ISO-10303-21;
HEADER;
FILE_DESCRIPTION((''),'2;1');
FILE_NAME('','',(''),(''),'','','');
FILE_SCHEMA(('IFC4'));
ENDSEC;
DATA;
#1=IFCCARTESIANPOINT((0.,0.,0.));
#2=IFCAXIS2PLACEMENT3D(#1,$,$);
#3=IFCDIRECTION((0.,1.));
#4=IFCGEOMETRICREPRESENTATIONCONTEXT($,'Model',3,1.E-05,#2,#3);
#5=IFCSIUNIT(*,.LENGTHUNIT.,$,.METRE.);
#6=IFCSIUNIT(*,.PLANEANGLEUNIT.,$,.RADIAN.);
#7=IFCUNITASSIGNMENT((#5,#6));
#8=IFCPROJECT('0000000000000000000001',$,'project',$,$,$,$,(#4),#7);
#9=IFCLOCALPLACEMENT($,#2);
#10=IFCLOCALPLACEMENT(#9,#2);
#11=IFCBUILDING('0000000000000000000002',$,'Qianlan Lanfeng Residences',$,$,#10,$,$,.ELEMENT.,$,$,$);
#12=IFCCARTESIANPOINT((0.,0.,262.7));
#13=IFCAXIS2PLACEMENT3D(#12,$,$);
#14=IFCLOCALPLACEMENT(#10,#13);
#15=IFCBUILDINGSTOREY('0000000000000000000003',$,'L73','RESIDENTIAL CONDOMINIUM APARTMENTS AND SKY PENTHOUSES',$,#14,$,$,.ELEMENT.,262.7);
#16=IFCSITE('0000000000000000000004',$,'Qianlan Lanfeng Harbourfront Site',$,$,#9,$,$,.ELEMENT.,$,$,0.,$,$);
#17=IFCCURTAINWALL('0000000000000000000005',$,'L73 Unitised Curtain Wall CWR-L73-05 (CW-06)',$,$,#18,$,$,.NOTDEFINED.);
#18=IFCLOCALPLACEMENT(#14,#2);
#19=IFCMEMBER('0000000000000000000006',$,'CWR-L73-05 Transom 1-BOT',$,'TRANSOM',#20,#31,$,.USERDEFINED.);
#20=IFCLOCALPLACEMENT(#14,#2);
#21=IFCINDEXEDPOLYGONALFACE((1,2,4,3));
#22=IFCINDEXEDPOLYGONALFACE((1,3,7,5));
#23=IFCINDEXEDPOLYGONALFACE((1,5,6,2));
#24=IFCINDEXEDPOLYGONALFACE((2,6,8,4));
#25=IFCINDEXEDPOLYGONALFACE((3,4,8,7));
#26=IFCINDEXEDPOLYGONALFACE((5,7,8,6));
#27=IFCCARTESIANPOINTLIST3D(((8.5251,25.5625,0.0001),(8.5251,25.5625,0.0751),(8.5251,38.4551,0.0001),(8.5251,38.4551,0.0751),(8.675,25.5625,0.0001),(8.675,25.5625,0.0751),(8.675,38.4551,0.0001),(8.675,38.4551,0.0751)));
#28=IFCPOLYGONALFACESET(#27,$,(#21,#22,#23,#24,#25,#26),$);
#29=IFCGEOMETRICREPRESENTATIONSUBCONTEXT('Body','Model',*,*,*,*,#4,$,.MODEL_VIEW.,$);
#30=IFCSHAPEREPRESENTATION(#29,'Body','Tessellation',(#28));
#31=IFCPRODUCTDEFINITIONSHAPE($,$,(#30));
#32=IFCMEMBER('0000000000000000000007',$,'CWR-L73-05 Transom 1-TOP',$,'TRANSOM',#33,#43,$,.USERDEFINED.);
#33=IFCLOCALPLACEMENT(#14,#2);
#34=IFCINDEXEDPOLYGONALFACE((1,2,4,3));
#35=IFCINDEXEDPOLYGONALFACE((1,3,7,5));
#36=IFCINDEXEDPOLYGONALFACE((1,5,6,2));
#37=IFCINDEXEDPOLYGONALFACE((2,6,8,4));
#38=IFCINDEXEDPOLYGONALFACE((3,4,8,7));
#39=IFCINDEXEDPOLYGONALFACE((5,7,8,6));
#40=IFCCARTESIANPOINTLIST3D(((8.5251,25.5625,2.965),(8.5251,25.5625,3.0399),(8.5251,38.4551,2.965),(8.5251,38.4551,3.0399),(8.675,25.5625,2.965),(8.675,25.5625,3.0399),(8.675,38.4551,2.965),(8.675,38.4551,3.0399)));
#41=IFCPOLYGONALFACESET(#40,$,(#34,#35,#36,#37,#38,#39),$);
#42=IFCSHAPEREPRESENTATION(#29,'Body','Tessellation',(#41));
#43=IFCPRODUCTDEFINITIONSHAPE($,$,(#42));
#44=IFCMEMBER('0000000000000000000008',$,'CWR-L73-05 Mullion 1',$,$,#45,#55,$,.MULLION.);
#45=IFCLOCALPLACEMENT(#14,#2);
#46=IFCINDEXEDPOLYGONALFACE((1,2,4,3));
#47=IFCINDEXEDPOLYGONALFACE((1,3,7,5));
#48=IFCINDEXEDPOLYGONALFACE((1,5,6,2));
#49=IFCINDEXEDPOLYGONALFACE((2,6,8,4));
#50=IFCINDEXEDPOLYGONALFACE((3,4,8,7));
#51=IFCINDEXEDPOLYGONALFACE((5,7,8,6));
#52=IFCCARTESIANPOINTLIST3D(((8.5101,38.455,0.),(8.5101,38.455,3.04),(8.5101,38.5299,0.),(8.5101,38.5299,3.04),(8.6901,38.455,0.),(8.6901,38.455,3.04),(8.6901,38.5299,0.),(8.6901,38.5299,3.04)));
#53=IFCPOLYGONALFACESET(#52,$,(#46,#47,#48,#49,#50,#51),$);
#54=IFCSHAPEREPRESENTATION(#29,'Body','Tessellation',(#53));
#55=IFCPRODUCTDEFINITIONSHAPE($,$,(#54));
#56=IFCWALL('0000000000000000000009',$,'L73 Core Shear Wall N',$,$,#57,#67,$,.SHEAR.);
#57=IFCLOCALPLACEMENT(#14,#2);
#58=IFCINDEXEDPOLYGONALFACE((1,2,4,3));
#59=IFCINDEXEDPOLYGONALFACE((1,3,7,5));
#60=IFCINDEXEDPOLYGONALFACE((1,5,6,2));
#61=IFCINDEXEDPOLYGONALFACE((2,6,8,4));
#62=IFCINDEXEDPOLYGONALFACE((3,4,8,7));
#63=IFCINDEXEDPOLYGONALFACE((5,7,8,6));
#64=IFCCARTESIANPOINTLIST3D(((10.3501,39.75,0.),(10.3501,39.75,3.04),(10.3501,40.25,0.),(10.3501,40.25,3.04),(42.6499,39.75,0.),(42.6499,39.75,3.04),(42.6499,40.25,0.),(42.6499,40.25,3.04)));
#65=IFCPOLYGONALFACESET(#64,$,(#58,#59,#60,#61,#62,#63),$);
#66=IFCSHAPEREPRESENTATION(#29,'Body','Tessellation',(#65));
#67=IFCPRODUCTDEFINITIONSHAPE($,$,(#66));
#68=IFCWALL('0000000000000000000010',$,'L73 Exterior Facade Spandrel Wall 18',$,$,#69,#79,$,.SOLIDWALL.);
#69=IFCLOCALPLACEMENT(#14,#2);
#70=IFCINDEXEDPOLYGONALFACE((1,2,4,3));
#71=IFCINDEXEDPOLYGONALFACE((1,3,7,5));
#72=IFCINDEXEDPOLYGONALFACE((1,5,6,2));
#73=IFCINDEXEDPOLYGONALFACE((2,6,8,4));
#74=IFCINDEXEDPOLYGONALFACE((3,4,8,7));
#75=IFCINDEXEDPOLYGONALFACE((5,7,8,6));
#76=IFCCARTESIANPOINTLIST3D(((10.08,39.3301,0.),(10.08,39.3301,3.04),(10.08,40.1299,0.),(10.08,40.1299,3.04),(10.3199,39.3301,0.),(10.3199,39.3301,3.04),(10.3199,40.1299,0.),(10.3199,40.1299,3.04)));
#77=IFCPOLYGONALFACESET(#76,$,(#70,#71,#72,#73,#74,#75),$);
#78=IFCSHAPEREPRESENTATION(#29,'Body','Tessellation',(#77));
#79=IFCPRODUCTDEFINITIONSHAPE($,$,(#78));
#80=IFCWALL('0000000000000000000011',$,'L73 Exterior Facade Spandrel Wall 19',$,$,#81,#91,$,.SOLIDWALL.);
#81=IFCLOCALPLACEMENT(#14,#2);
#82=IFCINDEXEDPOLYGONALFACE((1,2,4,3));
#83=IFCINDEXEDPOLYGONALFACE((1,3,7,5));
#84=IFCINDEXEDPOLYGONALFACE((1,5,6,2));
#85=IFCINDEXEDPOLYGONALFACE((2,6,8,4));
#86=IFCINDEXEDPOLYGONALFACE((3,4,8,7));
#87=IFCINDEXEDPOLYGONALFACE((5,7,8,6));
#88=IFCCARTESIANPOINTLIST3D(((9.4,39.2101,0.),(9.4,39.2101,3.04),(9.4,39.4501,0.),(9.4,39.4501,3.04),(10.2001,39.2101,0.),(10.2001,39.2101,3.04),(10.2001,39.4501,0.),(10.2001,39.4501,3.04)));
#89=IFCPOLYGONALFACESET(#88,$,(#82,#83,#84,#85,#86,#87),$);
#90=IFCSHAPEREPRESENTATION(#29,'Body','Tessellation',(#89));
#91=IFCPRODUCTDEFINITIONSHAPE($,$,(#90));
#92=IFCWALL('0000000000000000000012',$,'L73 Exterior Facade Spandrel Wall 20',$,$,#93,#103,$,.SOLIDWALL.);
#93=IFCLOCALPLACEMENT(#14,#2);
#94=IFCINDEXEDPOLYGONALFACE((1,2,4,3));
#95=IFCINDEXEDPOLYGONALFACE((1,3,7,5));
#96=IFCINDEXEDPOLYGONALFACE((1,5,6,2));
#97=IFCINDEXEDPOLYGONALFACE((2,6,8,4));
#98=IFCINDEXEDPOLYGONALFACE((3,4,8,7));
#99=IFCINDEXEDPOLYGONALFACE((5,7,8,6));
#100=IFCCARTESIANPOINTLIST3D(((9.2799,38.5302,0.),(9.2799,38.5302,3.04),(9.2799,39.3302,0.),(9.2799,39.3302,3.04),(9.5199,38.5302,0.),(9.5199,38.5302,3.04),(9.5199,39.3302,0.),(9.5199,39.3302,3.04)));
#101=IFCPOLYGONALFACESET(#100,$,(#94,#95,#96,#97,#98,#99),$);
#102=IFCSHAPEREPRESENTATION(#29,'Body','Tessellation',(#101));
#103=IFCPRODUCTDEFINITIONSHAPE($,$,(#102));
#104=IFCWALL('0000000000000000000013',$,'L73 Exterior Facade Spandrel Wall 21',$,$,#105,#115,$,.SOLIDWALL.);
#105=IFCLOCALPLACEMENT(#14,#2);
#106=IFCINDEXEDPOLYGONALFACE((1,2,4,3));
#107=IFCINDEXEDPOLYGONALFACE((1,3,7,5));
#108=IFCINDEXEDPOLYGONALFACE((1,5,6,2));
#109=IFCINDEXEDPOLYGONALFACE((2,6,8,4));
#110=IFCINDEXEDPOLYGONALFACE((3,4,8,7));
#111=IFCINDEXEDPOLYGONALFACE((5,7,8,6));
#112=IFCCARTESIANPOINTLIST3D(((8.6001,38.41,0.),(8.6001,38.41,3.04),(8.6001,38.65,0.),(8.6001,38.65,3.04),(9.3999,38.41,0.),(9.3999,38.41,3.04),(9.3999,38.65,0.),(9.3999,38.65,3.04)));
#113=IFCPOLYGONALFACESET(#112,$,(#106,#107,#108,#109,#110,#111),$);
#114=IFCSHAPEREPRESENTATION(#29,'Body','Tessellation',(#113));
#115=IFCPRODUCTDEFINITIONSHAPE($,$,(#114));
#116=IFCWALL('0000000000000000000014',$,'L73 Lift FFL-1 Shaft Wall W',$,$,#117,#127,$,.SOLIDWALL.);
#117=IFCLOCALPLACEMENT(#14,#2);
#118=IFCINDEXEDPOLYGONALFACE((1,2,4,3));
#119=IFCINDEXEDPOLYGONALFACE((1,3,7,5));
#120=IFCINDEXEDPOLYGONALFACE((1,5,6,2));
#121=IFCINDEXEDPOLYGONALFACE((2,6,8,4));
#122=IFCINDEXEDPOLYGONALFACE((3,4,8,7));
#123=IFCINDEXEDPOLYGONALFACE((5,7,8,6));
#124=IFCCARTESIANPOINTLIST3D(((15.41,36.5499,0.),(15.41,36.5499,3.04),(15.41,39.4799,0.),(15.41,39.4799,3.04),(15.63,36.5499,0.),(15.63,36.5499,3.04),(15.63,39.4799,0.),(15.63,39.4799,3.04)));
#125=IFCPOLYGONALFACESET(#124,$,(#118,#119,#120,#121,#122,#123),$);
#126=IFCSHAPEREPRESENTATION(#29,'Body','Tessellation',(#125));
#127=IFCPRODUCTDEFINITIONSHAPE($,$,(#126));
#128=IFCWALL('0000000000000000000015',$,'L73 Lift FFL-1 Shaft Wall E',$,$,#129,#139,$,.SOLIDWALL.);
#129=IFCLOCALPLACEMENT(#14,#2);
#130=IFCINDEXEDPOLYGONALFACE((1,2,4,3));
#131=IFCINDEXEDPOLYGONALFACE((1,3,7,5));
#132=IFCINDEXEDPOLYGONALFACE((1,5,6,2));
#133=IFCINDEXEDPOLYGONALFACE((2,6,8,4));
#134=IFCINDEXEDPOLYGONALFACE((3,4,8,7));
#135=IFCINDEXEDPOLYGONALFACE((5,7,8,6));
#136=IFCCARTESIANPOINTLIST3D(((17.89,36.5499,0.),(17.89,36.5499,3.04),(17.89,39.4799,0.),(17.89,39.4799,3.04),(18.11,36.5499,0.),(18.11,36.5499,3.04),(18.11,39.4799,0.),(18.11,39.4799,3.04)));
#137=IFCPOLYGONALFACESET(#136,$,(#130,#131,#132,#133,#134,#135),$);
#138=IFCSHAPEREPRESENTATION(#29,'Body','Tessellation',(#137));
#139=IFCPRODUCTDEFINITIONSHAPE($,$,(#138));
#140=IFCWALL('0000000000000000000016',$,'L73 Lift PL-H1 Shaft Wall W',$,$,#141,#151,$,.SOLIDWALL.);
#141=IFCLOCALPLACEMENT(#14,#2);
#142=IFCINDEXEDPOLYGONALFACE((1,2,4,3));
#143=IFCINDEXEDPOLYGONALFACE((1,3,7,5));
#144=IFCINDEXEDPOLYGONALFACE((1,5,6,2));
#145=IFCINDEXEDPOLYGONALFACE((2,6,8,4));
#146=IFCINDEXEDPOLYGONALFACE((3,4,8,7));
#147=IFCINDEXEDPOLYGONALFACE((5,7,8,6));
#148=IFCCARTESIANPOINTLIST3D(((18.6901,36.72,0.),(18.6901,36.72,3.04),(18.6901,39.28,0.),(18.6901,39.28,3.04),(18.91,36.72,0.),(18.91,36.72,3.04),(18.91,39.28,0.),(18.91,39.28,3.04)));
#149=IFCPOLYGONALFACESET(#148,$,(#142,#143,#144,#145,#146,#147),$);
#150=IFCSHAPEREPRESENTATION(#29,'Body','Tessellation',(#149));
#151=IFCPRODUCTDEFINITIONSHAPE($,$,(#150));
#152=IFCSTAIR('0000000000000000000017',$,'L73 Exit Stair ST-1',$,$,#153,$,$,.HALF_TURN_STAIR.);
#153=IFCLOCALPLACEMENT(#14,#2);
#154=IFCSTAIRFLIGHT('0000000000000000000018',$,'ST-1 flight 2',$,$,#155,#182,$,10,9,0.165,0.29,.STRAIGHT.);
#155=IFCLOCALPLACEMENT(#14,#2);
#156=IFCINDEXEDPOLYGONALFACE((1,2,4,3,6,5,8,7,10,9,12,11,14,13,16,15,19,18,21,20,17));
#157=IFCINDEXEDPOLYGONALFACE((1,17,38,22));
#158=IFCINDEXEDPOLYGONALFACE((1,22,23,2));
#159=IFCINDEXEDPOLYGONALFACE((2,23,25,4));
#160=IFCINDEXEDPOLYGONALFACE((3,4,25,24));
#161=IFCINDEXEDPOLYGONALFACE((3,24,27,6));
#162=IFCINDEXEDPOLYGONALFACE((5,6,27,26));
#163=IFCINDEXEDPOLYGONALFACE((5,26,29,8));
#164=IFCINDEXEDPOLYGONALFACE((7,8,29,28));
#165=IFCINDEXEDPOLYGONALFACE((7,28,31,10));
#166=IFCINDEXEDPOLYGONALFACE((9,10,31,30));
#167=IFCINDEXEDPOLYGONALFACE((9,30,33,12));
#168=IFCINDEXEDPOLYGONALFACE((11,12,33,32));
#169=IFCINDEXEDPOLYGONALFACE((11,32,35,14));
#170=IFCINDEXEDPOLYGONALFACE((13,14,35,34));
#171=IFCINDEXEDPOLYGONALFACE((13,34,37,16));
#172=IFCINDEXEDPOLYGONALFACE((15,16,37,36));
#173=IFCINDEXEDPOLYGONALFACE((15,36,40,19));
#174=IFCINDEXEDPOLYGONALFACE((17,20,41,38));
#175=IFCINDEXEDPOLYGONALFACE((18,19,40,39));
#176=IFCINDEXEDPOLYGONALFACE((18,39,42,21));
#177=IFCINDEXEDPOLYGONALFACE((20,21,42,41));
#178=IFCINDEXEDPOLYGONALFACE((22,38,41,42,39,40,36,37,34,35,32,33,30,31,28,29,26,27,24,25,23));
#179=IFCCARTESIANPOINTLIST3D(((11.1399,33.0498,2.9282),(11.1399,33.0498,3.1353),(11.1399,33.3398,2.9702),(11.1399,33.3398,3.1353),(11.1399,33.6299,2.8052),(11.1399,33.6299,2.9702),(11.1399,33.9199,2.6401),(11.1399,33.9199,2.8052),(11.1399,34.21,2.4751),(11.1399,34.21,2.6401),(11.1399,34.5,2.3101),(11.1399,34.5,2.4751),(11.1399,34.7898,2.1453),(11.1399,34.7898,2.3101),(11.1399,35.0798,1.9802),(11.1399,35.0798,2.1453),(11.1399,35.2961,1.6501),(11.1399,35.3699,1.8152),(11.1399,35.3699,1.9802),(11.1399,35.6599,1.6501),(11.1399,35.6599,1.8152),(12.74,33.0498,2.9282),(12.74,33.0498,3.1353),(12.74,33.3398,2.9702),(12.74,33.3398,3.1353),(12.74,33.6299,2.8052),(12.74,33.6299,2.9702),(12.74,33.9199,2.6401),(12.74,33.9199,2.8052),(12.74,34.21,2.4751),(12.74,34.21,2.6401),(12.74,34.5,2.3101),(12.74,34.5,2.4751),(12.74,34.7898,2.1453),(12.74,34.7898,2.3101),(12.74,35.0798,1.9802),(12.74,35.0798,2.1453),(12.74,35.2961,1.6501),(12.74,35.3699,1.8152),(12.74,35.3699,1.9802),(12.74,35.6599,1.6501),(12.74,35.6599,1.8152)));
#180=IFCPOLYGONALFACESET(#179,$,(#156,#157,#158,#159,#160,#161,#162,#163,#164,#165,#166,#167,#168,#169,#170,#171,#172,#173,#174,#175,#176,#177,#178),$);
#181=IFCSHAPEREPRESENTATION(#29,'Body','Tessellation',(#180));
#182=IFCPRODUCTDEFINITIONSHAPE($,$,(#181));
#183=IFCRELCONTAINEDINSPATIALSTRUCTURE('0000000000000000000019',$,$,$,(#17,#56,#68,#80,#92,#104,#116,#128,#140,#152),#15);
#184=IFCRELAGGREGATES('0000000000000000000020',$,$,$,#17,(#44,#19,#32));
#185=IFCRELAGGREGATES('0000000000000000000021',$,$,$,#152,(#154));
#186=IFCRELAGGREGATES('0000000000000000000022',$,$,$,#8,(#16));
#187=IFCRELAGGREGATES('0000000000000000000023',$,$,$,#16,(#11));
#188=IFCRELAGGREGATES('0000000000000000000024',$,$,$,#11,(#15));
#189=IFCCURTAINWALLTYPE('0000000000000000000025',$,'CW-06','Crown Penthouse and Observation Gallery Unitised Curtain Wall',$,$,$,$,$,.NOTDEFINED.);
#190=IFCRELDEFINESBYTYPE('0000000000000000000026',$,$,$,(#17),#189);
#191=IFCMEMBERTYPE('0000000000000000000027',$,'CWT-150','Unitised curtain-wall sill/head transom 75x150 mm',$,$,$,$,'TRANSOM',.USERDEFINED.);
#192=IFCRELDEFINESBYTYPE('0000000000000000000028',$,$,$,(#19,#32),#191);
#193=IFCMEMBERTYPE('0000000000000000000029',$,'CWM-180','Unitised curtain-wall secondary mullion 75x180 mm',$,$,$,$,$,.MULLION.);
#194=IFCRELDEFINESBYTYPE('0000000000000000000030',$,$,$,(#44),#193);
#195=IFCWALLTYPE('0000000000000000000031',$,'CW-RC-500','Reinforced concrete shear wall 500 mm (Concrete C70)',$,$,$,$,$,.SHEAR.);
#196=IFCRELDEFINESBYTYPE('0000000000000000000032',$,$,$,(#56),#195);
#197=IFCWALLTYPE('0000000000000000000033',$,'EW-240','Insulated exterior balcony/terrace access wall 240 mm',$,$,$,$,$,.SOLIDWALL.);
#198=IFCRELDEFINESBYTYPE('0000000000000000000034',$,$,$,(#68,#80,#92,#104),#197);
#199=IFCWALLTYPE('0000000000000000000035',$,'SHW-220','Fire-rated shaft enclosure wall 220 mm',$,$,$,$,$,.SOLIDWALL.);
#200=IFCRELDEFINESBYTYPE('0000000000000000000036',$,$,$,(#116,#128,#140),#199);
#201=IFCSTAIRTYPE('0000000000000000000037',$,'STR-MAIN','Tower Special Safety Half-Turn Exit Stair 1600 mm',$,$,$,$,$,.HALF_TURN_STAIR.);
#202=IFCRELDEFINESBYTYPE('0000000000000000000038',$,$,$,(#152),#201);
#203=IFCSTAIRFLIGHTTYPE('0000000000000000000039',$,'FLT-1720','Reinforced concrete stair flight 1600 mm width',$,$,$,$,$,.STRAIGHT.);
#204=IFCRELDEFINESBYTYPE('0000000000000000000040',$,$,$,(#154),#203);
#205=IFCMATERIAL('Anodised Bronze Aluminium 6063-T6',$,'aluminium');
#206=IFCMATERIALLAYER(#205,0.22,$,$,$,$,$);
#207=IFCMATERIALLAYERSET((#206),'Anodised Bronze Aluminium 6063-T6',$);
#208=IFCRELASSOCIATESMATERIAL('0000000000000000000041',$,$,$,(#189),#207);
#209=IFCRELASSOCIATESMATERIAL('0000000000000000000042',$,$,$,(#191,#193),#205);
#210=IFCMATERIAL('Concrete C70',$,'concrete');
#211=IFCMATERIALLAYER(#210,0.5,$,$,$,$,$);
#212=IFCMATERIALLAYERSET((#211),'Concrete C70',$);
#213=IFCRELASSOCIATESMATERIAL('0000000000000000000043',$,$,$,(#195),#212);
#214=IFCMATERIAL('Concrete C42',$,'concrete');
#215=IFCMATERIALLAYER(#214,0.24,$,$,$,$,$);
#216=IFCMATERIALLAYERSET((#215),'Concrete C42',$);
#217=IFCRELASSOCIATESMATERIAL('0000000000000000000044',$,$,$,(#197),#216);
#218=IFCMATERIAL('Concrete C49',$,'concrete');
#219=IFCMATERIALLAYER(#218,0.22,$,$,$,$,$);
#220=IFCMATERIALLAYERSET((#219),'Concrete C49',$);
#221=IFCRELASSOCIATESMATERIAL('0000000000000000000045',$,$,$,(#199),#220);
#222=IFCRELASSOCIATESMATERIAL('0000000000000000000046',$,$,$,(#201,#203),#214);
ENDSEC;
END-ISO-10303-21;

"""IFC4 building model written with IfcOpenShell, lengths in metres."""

from ifc_helpers import new_model, si_unit, direction, frame, frame_2d, origin, origin_2d, place, context, subcontext, project, spatial, polyline, rectangle, outline, extrude, source, transform, mapped, material, layer, layer_set, material_profile, profile_set, type_object, element, aggregate, save


model = new_model("IFC4")

# Units and contexts
model_context = context("Model", 3, precision=1e-05, world=origin(), true_north=direction((0.0, 1.0)))
body_context = subcontext(model_context, "Body", "Model", "MODEL_VIEW")
ifc_project = project(units=[si_unit("LENGTHUNIT", "METRE"), si_unit("PLANEANGLEUNIT", "RADIAN")], contexts=[model_context])

# Site, building, storey
site_placement = place(None, origin())
site = spatial("IfcSite", under=ifc_project, at=site_placement, Name="Qianlan Lanfeng Harbourfront Site", CompositionType="ELEMENT", RefElevation=0.0)
building_placement = place(site_placement, origin())
building = spatial("IfcBuilding", under=site, at=building_placement, Name="Qianlan Lanfeng Residences", CompositionType="ELEMENT")
storey_placement = place(building_placement, frame((0.0, 0.0, 262.7)))
storey = spatial("IfcBuildingStorey", under=building, at=storey_placement, Name="L73", Description="RESIDENTIAL CONDOMINIUM APARTMENTS AND SKY PENTHOUSES", CompositionType="ELEMENT", Elevation=262.7)

# Curtain wall, members
ifc_material_1 = material(Name="Anodised Bronze Aluminium 6063-T6", Category="aluminium")
ifc_layer_1 = layer(ifc_material_1, 0.22)
ifc_layer_set_1 = layer_set([ifc_layer_1], Name="Anodised Bronze Aluminium 6063-T6")
curtain_wall_type = type_object("IfcCurtainWallType", Name="CW-06", Description="Crown Penthouse and Observation Gallery Unitised Curtain Wall", PredefinedType="NOTDEFINED", material=ifc_layer_set_1)
curtain_wall_placement = place(storey_placement, origin())
curtain_wall = element("IfcCurtainWall", 1, at=curtain_wall_placement, inside=storey, type_object=curtain_wall_type, Name="L73 Unitised Curtain Wall CWR-L73-05 (CW-06)", PredefinedType="NOTDEFINED")
ifc_material_profile_1 = material_profile(ifc_material_1, rectangle(XDim=0.075, YDim=0.1499, at=origin_2d()), Name="ALU TRANSOM 75x150")
ifc_profile_set_1 = profile_set([ifc_material_profile_1], Name="Anodised Bronze Aluminium 6063-T6")
member_type_1 = type_object("IfcMemberType", Name="CWT-150", Description="Unitised curtain-wall sill/head transom 75x150 mm", ElementType="TRANSOM", PredefinedType="USERDEFINED", material=ifc_profile_set_1)
shared_shape_1 = source(origin(), body_context, "Body", "SweptSolid", [
    extrude(rectangle(XDim=0.075, YDim=0.1499, at=origin_2d()), origin(), (0.0, 0.0, 1.0), 12.8926),
])
member_1_placement = place(storey_placement, frame((8.6001, 38.4551, 0.0376), z_axis=(0.0, -1.0, 0.0), x_axis=(0.0, 0.0, 1.0)))
member_1 = element("IfcMember", 2, at=member_1_placement, type_object=member_type_1, Name="CWR-L73-05 Transom 1-BOT", ObjectType="TRANSOM", PredefinedType="USERDEFINED", context=body_context, shape_type="MappedRepresentation", body=[
    mapped(shared_shape_1, transform((0.0, 0.0, 0.0), scale=1.0)),
])
member_2_placement = place(storey_placement, frame((8.6001, 38.4551, 3.0024), z_axis=(0.0, -1.0, 0.0), x_axis=(0.0, 0.0, 1.0)))
member_2 = element("IfcMember", 3, at=member_2_placement, type_object=member_type_1, Name="CWR-L73-05 Transom 1-TOP", ObjectType="TRANSOM", PredefinedType="USERDEFINED", context=body_context, shape_type="MappedRepresentation", body=[
    mapped(shared_shape_1, transform((0.0, 0.0, 0.0), scale=1.0)),
])
ifc_material_profile_2 = material_profile(ifc_material_1, rectangle(XDim=0.075, YDim=0.1799, at=origin_2d()), Name="ALU MULLION 75x180")
ifc_profile_set_2 = profile_set([ifc_material_profile_2], Name="Anodised Bronze Aluminium 6063-T6")
member_type_2 = type_object("IfcMemberType", Name="CWM-180", Description="Unitised curtain-wall secondary mullion 75x180 mm", PredefinedType="MULLION", material=ifc_profile_set_2)
shared_shape_2 = source(origin(), body_context, "Body", "SweptSolid", [
    extrude(rectangle(XDim=0.075, YDim=0.1799, at=origin_2d()), origin(), (0.0, 0.0, 1.0), 3.04),
])
member_3_placement = place(storey_placement, frame((8.6001, 38.4924, 0.0), z_axis=(0.0, 0.0, 1.0), x_axis=(0.0, -1.0, 0.0)))
member_3 = element("IfcMember", 4, at=member_3_placement, type_object=member_type_2, Name="CWR-L73-05 Mullion 1", PredefinedType="MULLION", context=body_context, shape_type="MappedRepresentation", body=[
    mapped(shared_shape_2, transform((0.0, 0.0, 0.0), scale=1.0)),
])
aggregate(curtain_wall, [member_3, member_1, member_2])

# Shared definitions
ifc_material_2 = material(Name="Concrete C49", Category="concrete")

# Walls
ifc_material_3 = material(Name="Concrete C70", Category="concrete")
ifc_layer_2 = layer(ifc_material_3, 0.5)
ifc_layer_set_2 = layer_set([ifc_layer_2], Name="Concrete C70")
wall_type_1 = type_object("IfcWallType", Name="CW-RC-500", Description="Reinforced concrete shear wall 500 mm (Concrete C70)", PredefinedType="SHEAR", material=ifc_layer_set_2)
wall_1_placement = place(storey_placement, frame((10.3501, 40.0, 0.0), z_axis=(0.0, 0.0, 1.0), x_axis=(1.0, 0.0, 0.0)))
element("IfcWall", 5, at=wall_1_placement, inside=storey, type_object=wall_type_1, Name="L73 Core Shear Wall N", PredefinedType="SHEAR", context=body_context, shape_type="SweptSolid", body=[
    extrude(rectangle(XDim=32.2998, YDim=0.5, at=frame_2d((16.1499, 0.0))), origin(), (0.0, 0.0, 1.0), 3.04),
])
ifc_material_4 = material(Name="Concrete C42", Category="concrete")
ifc_layer_3 = layer(ifc_material_4, 0.24)
ifc_layer_set_3 = layer_set([ifc_layer_3], Name="Concrete C42")
wall_type_2 = type_object("IfcWallType", Name="EW-240", Description="Insulated exterior balcony/terrace access wall 240 mm", PredefinedType="SOLIDWALL", material=ifc_layer_set_3)
wall_2_placement = place(storey_placement, frame((10.2, 40.1299, 0.0), z_axis=(0.0, 0.0, 1.0), x_axis=(0.0, -1.0, 0.0)))
element("IfcWall", 6, at=wall_2_placement, inside=storey, type_object=wall_type_2, Name="L73 Exterior Facade Spandrel Wall 18", PredefinedType="SOLIDWALL", context=body_context, shape_type="SweptSolid", body=[
    extrude(rectangle(XDim=0.7998, YDim=0.24, at=frame_2d((0.3999, 0.0))), origin(), (0.0, 0.0, 1.0), 3.04),
])
for number, where, z_axis, x_axis, name in (
    (7, (10.2, 39.3301, 0.0), (0.0, 0.0, 1.0), (-1.0, 0.0, 0.0), "L73 Exterior Facade Spandrel Wall 19"),
    (8, (9.3999, 39.3301, 0.0), (0.0, 0.0, 1.0), (0.0, -1.0, 0.0), "L73 Exterior Facade Spandrel Wall 20"),
):
    element("IfcWall", number, at=place(storey_placement, frame(where, z_axis=z_axis, x_axis=x_axis)), inside=storey, type_object=wall_type_2, Name=name, PredefinedType="SOLIDWALL", context=body_context, shape_type="SweptSolid", body=[
        extrude(rectangle(XDim=0.8, YDim=0.24, at=frame_2d((0.3999, 0.0))), origin(), (0.0, 0.0, 1.0), 3.04),
    ])
wall_3_placement = place(storey_placement, frame((9.3999, 38.53, 0.0), z_axis=(0.0, 0.0, 1.0), x_axis=(-1.0, 0.0, 0.0)))
element("IfcWall", 9, at=wall_3_placement, inside=storey, type_object=wall_type_2, Name="L73 Exterior Facade Spandrel Wall 21", PredefinedType="SOLIDWALL", context=body_context, shape_type="SweptSolid", body=[
    extrude(rectangle(XDim=0.7998, YDim=0.24, at=frame_2d((0.3999, 0.0))), origin(), (0.0, 0.0, 1.0), 3.04),
])
ifc_layer_4 = layer(ifc_material_2, 0.22)
ifc_layer_set_4 = layer_set([ifc_layer_4], Name="Concrete C49")
wall_type_3 = type_object("IfcWallType", Name="SHW-220", Description="Fire-rated shaft enclosure wall 220 mm", PredefinedType="SOLIDWALL", material=ifc_layer_set_4)
for number, where, z_axis, x_axis, name in (
    (10, (15.52, 36.55, 0.0), (0.0, 0.0, 1.0), (0.0, 1.0, 0.0), "L73 Lift FFL-1 Shaft Wall W"),
    (11, (18.0, 36.55, 0.0), (0.0, 0.0, 1.0), (0.0, 1.0, 0.0), "L73 Lift FFL-1 Shaft Wall E"),
):
    element("IfcWall", number, at=place(storey_placement, frame(where, z_axis=z_axis, x_axis=x_axis)), inside=storey, type_object=wall_type_3, Name=name, PredefinedType="SOLIDWALL", context=body_context, shape_type="SweptSolid", body=[
        extrude(rectangle(XDim=2.9299, YDim=0.22, at=frame_2d((1.4648, 0.0))), origin(), (0.0, 0.0, 1.0), 3.04),
    ])
wall_4_placement = place(storey_placement, frame((18.8, 36.72, 0.0), z_axis=(0.0, 0.0, 1.0), x_axis=(0.0, 1.0, 0.0)))
element("IfcWall", 12, at=wall_4_placement, inside=storey, type_object=wall_type_3, Name="L73 Lift PL-H1 Shaft Wall W", PredefinedType="SOLIDWALL", context=body_context, shape_type="SweptSolid", body=[
    extrude(rectangle(XDim=2.5601, YDim=0.22, at=frame_2d((1.28, 0.0))), origin(), (0.0, 0.0, 1.0), 3.04),
])

# Stair, stair flight
stair_type = type_object("IfcStairType", Name="STR-MAIN", Description="Tower Special Safety Half-Turn Exit Stair 1600 mm", PredefinedType="HALF_TURN_STAIR", material=ifc_material_4)
stair_placement = place(storey_placement, origin())
stair = element("IfcStair", 13, at=stair_placement, inside=storey, type_object=stair_type, Name="L73 Exit Stair ST-1", PredefinedType="HALF_TURN_STAIR")
stair_flight_type = type_object("IfcStairFlightType", Name="FLT-1720", Description="Reinforced concrete stair flight 1600 mm width", PredefinedType="STRAIGHT", material=ifc_material_4)
stair_flight_placement = place(storey_placement, frame((11.9399, 35.6599, 1.6501), z_axis=(0.0, 0.0, 1.0), x_axis=(0.0, -1.0, 0.0)))
stair_flight = element("IfcStairFlight", 14, at=stair_flight_placement, type_object=stair_flight_type, Name="ST-1 flight 2", NumberOfRisers=10, NumberOfTreads=9, PredefinedType="STRAIGHT", RiserHeight=0.165, TreadLength=0.29, context=body_context, shape_type="SweptSolid", body=[
    extrude(outline(polyline([(0.0, 0.0), (0.0, 0.165), (0.29, 0.165), (0.29, 0.3301), (0.5801, 0.3301), (0.5801, 0.4951), (0.8701, 0.4951), (0.8701, 0.6599), (1.1599, 0.6599), (1.1599, 0.825), (1.45, 0.825), (1.45, 0.99), (1.74, 0.99), (1.74, 1.155), (2.03, 1.155), (2.03, 1.3201), (2.3201, 1.3201), (2.3201, 1.4851), (2.6101, 1.4851), (2.6101, 1.6499), (2.6101, 1.2781), (0.3638, 0.0), (0.0, 0.0)])), frame((0.0, 0.8, 0.0), z_axis=(0.0, -1.0, 0.0), x_axis=(1.0, 0.0, 0.0)), (0.0, 0.0, 1.0), 1.6001),
])
aggregate(stair, [stair_flight])

save(model, "model.ifc")
